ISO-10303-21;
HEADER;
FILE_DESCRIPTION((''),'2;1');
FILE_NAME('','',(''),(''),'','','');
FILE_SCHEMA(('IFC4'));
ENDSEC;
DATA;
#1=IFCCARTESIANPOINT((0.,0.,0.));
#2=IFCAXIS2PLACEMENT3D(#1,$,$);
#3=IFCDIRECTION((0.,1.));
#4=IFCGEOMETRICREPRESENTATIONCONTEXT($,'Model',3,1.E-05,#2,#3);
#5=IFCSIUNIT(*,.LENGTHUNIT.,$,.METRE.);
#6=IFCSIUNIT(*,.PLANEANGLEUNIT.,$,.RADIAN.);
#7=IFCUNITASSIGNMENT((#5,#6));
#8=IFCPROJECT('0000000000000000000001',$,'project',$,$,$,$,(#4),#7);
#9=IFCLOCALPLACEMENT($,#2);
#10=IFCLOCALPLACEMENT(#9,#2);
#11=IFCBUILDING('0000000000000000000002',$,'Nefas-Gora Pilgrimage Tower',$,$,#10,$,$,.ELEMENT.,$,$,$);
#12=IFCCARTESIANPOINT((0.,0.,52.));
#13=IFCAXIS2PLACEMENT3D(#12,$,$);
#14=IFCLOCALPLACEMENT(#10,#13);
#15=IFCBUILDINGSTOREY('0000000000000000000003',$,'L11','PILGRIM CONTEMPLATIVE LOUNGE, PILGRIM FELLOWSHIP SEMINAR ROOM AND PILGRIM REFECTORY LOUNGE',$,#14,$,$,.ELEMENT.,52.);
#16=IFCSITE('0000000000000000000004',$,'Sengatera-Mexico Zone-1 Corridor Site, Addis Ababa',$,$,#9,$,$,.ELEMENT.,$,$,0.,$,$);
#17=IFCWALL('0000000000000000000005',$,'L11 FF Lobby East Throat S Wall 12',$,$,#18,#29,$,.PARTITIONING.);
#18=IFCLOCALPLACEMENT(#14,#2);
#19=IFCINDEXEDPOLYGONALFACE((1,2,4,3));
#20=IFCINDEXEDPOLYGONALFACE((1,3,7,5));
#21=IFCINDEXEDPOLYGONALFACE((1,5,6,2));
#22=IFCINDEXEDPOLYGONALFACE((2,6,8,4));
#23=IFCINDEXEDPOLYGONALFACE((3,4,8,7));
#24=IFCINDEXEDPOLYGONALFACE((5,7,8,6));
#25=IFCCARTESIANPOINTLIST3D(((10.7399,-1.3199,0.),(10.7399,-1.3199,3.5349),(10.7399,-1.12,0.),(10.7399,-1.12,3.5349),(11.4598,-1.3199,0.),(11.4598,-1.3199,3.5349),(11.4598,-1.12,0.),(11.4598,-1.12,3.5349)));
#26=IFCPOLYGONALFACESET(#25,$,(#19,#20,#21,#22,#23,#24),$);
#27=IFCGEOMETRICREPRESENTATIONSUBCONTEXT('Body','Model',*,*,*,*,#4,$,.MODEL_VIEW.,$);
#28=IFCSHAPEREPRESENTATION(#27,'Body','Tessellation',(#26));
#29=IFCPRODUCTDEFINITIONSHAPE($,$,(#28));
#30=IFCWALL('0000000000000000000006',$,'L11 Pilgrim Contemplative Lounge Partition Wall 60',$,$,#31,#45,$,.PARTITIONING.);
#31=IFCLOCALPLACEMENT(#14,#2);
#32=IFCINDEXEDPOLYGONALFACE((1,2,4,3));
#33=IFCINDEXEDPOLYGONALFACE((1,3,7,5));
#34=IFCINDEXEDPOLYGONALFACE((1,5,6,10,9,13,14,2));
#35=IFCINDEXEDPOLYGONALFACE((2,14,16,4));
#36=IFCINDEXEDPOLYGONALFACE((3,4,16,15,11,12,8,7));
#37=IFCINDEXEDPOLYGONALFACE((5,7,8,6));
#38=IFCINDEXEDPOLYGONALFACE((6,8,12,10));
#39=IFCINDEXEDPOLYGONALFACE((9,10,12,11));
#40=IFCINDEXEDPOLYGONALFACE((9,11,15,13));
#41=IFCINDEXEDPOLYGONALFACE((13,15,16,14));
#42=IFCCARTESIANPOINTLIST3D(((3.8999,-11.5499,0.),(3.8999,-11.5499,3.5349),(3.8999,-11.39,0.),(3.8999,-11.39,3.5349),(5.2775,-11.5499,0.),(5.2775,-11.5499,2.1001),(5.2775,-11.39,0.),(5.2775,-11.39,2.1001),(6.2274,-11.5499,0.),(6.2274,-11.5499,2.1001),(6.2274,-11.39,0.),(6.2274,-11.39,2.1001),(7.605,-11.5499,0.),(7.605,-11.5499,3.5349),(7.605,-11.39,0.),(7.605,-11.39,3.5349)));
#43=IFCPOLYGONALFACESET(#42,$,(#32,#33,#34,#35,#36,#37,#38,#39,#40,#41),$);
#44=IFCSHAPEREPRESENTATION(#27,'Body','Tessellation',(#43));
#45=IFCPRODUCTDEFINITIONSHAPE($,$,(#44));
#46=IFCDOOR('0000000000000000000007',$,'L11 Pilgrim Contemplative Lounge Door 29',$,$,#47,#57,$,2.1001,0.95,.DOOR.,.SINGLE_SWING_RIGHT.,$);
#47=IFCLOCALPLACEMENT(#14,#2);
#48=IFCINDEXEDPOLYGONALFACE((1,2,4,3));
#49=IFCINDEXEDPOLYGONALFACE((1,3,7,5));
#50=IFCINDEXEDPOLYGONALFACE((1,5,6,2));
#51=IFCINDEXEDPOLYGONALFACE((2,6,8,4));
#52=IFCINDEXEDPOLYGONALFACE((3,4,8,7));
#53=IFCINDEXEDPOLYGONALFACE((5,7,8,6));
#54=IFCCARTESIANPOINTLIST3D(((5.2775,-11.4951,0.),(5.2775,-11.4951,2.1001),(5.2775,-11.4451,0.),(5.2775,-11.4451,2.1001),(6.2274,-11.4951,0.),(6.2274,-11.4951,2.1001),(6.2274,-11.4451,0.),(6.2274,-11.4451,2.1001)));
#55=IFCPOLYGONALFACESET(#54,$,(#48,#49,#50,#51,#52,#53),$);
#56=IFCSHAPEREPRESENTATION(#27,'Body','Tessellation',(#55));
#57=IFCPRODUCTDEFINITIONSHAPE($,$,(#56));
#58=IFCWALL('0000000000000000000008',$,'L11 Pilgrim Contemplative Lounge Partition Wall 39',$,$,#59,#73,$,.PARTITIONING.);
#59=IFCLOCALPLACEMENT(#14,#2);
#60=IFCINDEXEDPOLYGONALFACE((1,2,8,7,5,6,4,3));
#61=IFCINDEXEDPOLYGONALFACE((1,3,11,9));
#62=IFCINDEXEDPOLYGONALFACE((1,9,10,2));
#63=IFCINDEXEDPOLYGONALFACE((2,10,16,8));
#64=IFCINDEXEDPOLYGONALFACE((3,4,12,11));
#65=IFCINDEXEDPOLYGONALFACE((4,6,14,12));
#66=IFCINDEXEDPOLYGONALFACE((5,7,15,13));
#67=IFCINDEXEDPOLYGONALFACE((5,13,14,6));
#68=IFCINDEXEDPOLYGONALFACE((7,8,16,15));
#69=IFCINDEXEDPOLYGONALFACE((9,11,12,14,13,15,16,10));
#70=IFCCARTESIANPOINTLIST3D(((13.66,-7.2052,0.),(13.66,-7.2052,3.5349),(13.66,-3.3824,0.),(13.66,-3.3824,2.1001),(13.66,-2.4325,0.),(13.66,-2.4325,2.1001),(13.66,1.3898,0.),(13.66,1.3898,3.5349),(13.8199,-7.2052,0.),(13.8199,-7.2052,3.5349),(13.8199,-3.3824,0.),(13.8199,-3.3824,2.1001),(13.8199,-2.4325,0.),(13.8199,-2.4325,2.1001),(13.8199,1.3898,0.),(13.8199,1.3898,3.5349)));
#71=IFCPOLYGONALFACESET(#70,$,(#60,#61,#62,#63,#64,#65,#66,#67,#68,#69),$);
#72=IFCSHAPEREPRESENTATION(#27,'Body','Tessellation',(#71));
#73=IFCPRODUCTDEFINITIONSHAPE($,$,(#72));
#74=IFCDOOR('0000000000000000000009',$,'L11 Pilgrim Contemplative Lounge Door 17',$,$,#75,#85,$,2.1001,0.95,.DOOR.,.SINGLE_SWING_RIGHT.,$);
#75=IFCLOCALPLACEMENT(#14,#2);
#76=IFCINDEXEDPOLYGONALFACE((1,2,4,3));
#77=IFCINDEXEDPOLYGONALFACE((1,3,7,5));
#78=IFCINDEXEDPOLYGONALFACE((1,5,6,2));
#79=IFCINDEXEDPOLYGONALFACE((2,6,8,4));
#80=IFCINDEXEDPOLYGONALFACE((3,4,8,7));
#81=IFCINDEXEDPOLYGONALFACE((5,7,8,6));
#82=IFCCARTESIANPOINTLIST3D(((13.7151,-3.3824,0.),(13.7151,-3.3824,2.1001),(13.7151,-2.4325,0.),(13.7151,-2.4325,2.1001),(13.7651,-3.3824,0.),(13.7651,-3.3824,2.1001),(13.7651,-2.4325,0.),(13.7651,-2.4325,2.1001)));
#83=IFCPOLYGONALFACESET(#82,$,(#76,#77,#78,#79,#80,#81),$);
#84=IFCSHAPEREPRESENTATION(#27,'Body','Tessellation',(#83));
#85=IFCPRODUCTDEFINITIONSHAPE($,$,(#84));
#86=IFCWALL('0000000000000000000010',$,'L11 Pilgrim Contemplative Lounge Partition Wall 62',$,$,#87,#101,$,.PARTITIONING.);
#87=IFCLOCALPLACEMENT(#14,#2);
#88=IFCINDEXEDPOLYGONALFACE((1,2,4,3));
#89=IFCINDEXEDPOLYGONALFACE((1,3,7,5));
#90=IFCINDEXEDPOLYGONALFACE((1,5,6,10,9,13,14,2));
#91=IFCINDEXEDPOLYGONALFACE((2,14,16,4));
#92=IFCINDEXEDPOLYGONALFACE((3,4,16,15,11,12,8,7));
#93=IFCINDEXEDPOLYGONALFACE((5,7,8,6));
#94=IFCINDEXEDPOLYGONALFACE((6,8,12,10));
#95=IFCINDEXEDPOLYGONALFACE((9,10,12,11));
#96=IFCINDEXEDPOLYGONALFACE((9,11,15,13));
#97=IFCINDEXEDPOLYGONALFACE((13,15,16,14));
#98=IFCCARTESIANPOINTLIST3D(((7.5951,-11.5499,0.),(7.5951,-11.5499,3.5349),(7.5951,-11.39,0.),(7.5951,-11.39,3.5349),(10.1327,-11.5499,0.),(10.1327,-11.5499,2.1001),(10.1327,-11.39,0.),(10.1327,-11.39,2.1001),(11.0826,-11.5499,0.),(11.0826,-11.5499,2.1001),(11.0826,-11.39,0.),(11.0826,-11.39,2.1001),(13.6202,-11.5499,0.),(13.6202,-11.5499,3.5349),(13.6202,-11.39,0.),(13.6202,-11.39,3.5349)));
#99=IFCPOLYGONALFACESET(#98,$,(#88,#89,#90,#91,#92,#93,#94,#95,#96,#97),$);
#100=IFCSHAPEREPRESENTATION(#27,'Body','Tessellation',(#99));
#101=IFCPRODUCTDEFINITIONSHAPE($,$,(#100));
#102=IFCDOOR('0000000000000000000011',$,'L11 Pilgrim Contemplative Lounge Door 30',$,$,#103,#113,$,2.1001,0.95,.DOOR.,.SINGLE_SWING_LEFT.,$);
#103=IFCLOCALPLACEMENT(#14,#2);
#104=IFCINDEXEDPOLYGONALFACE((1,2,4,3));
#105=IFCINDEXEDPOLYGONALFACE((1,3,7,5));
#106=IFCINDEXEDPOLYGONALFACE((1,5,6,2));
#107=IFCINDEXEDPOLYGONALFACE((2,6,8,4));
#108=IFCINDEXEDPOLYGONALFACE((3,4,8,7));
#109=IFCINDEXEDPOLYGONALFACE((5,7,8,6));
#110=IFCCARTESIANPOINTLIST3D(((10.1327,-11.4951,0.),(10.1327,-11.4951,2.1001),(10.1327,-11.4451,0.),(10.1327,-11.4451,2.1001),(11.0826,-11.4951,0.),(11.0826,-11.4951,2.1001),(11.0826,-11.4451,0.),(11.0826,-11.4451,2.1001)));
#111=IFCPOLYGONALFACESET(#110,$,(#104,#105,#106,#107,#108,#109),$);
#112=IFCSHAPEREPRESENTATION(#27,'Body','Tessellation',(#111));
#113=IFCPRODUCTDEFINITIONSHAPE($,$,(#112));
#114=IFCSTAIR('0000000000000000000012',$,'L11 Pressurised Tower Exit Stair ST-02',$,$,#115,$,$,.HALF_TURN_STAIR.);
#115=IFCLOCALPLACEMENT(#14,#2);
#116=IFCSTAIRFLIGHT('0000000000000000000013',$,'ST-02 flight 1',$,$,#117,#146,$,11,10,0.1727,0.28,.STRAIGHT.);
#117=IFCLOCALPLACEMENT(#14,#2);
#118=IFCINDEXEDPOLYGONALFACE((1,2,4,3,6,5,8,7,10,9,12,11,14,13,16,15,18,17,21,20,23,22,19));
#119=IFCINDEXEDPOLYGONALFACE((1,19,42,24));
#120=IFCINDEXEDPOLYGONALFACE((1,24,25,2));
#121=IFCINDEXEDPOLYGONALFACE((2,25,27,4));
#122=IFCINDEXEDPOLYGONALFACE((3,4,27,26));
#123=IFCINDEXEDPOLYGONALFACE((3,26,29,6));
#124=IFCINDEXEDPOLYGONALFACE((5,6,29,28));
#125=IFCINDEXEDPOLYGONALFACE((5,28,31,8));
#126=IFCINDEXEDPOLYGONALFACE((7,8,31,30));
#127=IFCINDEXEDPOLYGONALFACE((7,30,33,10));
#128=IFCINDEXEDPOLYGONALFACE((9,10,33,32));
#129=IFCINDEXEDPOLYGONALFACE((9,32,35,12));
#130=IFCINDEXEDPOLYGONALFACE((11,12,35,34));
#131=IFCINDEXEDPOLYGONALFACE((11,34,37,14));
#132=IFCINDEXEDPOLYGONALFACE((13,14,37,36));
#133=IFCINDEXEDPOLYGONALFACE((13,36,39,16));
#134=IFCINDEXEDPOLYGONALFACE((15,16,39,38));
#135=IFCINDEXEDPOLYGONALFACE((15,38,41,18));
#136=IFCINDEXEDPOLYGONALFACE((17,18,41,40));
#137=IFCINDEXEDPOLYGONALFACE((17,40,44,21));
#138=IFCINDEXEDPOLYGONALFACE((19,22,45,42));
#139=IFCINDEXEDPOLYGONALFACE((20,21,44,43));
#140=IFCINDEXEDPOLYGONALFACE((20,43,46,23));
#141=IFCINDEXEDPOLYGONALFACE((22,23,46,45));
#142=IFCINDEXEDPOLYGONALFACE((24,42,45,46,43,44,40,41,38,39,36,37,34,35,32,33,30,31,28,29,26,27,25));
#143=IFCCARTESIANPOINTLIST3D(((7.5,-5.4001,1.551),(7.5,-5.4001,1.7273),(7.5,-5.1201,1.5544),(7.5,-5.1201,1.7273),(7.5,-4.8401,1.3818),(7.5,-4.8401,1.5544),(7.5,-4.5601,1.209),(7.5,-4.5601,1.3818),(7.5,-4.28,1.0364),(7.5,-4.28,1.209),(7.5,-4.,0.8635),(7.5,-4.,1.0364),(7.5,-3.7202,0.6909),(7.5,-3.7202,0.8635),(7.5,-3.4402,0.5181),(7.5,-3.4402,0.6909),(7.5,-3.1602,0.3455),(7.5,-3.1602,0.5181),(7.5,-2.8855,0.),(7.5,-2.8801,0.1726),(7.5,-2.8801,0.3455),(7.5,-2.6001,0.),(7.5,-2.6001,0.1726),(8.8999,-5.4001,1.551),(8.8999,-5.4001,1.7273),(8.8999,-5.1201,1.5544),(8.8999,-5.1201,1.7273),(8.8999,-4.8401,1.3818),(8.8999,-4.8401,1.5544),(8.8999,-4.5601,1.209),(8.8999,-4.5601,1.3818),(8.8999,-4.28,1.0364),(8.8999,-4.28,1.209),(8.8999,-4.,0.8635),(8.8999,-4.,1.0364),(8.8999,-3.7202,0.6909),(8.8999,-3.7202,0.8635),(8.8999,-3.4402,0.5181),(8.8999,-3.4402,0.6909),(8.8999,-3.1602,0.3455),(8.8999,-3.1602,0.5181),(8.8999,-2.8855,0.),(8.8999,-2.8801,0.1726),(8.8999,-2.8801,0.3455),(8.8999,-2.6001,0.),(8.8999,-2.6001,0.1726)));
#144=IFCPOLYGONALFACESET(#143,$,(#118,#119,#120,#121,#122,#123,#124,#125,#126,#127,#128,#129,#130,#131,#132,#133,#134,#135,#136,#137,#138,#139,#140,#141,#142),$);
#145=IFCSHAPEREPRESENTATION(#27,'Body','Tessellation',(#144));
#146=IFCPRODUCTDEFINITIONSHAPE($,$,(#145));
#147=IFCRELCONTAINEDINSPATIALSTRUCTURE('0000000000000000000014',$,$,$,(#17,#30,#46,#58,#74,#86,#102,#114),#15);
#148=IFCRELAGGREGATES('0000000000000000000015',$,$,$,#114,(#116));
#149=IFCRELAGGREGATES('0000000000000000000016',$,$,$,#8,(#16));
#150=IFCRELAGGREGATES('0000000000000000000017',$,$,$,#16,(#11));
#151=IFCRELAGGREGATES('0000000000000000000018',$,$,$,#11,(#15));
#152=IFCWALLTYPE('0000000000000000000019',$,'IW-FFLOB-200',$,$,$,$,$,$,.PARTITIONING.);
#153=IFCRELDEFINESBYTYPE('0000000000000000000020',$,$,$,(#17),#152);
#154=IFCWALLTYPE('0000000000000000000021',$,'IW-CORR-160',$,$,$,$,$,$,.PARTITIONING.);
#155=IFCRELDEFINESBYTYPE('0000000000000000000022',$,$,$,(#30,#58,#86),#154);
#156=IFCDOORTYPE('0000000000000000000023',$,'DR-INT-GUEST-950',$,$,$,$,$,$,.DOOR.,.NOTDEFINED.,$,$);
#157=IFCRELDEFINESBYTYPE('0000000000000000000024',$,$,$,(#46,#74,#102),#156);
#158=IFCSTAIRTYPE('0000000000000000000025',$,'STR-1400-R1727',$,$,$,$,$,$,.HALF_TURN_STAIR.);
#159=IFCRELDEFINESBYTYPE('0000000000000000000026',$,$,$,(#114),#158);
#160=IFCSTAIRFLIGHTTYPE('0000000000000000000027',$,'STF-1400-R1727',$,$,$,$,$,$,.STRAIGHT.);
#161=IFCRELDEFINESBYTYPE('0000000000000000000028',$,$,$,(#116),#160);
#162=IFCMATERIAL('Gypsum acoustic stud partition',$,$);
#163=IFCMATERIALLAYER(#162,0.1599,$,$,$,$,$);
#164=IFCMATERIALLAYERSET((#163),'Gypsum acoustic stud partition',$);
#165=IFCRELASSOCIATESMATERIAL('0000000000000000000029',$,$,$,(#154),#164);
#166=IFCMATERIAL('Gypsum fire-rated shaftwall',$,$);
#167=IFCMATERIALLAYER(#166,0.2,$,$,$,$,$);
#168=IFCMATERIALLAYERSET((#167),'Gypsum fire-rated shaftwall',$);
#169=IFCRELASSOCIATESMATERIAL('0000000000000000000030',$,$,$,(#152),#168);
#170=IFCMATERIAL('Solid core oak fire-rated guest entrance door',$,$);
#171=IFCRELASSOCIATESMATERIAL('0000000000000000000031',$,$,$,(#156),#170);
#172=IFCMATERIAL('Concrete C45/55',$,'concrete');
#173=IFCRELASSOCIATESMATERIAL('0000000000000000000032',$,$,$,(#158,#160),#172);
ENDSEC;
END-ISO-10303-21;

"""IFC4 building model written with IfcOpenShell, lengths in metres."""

from ifc_helpers import new_model, si_unit, direction, frame, frame_2d, origin, place, context, subcontext, project, spatial, polyline, rectangle, outline, extrude, source, transform, mapped, material, layer, layer_set, type_object, element, fill, aggregate, save


model = new_model("IFC4")

# Units and contexts
model_context = context("Model", 3, precision=1e-05, world=origin(), true_north=direction((0.0, 1.0)))
body_context = subcontext(model_context, "Body", "Model", "MODEL_VIEW")
ifc_project = project(units=[si_unit("LENGTHUNIT", "METRE"), si_unit("PLANEANGLEUNIT", "RADIAN")], contexts=[model_context])

# Site, building, storey
site_placement = place(None, origin())
site = spatial("IfcSite", under=ifc_project, at=site_placement, Name="Sengatera-Mexico Zone-1 Corridor Site, Addis Ababa", CompositionType="ELEMENT", RefElevation=0.0)
building_placement = place(site_placement, origin())
building = spatial("IfcBuilding", under=site, at=building_placement, Name="Nefas-Gora Pilgrimage Tower", CompositionType="ELEMENT")
storey_placement = place(building_placement, frame((0.0, 0.0, 52.0)))
storey = spatial("IfcBuildingStorey", under=building, at=storey_placement, Name="L11", Description="PILGRIM CONTEMPLATIVE LOUNGE, PILGRIM FELLOWSHIP SEMINAR ROOM AND PILGRIM REFECTORY LOUNGE", CompositionType="ELEMENT", Elevation=52.0)

# Shared definitions
ifc_material_1 = material(Name="Concrete C45/55", Category="concrete")

# Shared definitions
ifc_material_2 = material(Name="Gypsum acoustic stud partition")
ifc_layer_1 = layer(ifc_material_2, 0.1599)
ifc_layer_set_1 = layer_set([ifc_layer_1], Name="Gypsum acoustic stud partition")
wall_type_1 = type_object("IfcWallType", Name="IW-CORR-160", PredefinedType="PARTITIONING", material=ifc_layer_set_1)

# Shared definitions
ifc_material_3 = material(Name="Gypsum fire-rated shaftwall")
ifc_layer_2 = layer(ifc_material_3, 0.2)
ifc_layer_set_2 = layer_set([ifc_layer_2], Name="Gypsum fire-rated shaftwall")
wall_type_2 = type_object("IfcWallType", Name="IW-FFLOB-200", PredefinedType="PARTITIONING", material=ifc_layer_set_2)

# Wall
shared_shape_1 = source(origin(), body_context, "Body", "SweptSolid", [
    extrude(rectangle(XDim=0.72, YDim=0.2, at=frame_2d((0.3599, 0.0))), origin(), (0.0, 0.0, 1.0), 3.5349),
])
wall_1_placement = place(storey_placement, frame((10.74, -1.22, 0.0), z_axis=(0.0, 0.0, 1.0), x_axis=(1.0, 0.0, 0.0)))
element("IfcWall", 1, at=wall_1_placement, inside=storey, type_object=wall_type_2, Name="L11 FF Lobby East Throat S Wall 12", PredefinedType="PARTITIONING", context=body_context, shape_type="MappedRepresentation", body=[
    mapped(shared_shape_1, transform((0.0, 0.0, 0.0), x_axis=(1.0, 0.0, 0.0), y_axis=(0.0, 1.0, 0.0), z_axis=(0.0, 0.0, 1.0), scale=1.0)),
])

# Walls, openings, doors
shared_shape_2 = source(origin(), body_context, "Body", "SweptSolid", [
    extrude(rectangle(XDim=3.7051, YDim=0.1599, at=frame_2d((1.8525, 0.0))), origin(), (0.0, 0.0, 1.0), 3.5349),
])
wall_2_placement = place(storey_placement, frame((3.8999, -11.47, 0.0), z_axis=(0.0, 0.0, 1.0), x_axis=(1.0, 0.0, 0.0)))
wall_2 = element("IfcWall", 2, at=wall_2_placement, inside=storey, type_object=wall_type_1, Name="L11 Pilgrim Contemplative Lounge Partition Wall 60", PredefinedType="PARTITIONING", context=body_context, shape_type="MappedRepresentation", body=[
    mapped(shared_shape_2, transform((0.0, 0.0, 0.0), x_axis=(1.0, 0.0, 0.0), y_axis=(0.0, 1.0, 0.0), z_axis=(0.0, 0.0, 1.0), scale=1.0)),
])
opening_1_placement = place(wall_2_placement, frame((1.3774, 0.0, 0.0)))
opening_1 = element("IfcOpeningElement", 3, at=opening_1_placement, cuts=wall_2, PredefinedType="OPENING", context=body_context, shape_type="SweptSolid", body=[
    extrude(rectangle(XDim=0.95, YDim=2.1001, at=frame_2d((0.4751, 1.05))), frame((0.0, 0.0898, 0.0), z_axis=(0.0, -1.0, 0.0), x_axis=(1.0, 0.0, 0.0)), (0.0, 0.0, 1.0), 0.1799),
])
ifc_material_4 = material(Name="Solid core oak fire-rated guest entrance door")
door_type_1 = type_object("IfcDoorType", Name="DR-INT-GUEST-950", OperationType="NOTDEFINED", PredefinedType="DOOR", material=ifc_material_4)
shared_shape_3 = source(origin(), body_context, "Body", "SweptSolid", [
    extrude(rectangle(XDim=0.95, YDim=2.1001, at=frame_2d((0.4751, 1.05))), frame((0.0, 0.0249, 0.0), z_axis=(0.0, -1.0, 0.0), x_axis=(1.0, 0.0, 0.0)), (0.0, 0.0, 1.0), 0.05),
])
door_1_placement = place(opening_1_placement, origin())
door_1 = element("IfcDoor", 4, at=door_1_placement, inside=storey, type_object=door_type_1, Name="L11 Pilgrim Contemplative Lounge Door 29", OperationType="SINGLE_SWING_RIGHT", OverallHeight=2.1001, OverallWidth=0.95, PredefinedType="DOOR", context=body_context, shape_type="MappedRepresentation", body=[
    mapped(shared_shape_3, transform((0.0, 0.0, 0.0), x_axis=(1.0, 0.0, 0.0), y_axis=(0.0, 1.0, 0.0), z_axis=(0.0, 0.0, 1.0), scale=1.0)),
])
fill(opening_1, door_1)
shared_shape_4 = source(origin(), body_context, "Body", "SweptSolid", [
    extrude(rectangle(XDim=8.595, YDim=0.1599, at=frame_2d((4.2974, 0.0))), origin(), (0.0, 0.0, 1.0), 3.5349),
])
wall_3_placement = place(storey_placement, frame((13.74, -7.2051, 0.0), z_axis=(0.0, 0.0, 1.0), x_axis=(0.0, 1.0, 0.0)))
wall_3 = element("IfcWall", 5, at=wall_3_placement, inside=storey, type_object=wall_type_1, Name="L11 Pilgrim Contemplative Lounge Partition Wall 39", PredefinedType="PARTITIONING", context=body_context, shape_type="MappedRepresentation", body=[
    mapped(shared_shape_4, transform((0.0, 0.0, 0.0), x_axis=(1.0, 0.0, 0.0), y_axis=(0.0, 1.0, 0.0), z_axis=(0.0, 0.0, 1.0), scale=1.0)),
])
opening_2_placement = place(wall_3_placement, frame((3.8225, 0.0, 0.0)))
opening_2 = element("IfcOpeningElement", 6, at=opening_2_placement, cuts=wall_3, PredefinedType="OPENING", context=body_context, shape_type="SweptSolid", body=[
    extrude(rectangle(XDim=0.95, YDim=2.1001, at=frame_2d((0.4751, 1.05))), frame((0.0, 0.0898, 0.0), z_axis=(0.0, -1.0, 0.0), x_axis=(1.0, 0.0, 0.0)), (0.0, 0.0, 1.0), 0.1799),
])
door_2_placement = place(opening_2_placement, origin())
door_2 = element("IfcDoor", 7, at=door_2_placement, inside=storey, type_object=door_type_1, Name="L11 Pilgrim Contemplative Lounge Door 17", OperationType="SINGLE_SWING_RIGHT", OverallHeight=2.1001, OverallWidth=0.95, PredefinedType="DOOR", context=body_context, shape_type="MappedRepresentation", body=[
    mapped(shared_shape_3, transform((0.0, 0.0, 0.0), x_axis=(1.0, 0.0, 0.0), y_axis=(0.0, 1.0, 0.0), z_axis=(0.0, 0.0, 1.0), scale=1.0)),
])
fill(opening_2, door_2)
shared_shape_5 = source(origin(), body_context, "Body", "SweptSolid", [
    extrude(rectangle(XDim=6.0251, YDim=0.1599, at=frame_2d((3.0127, 0.0))), origin(), (0.0, 0.0, 1.0), 3.5349),
])
wall_4_placement = place(storey_placement, frame((7.595, -11.47, 0.0), z_axis=(0.0, 0.0, 1.0), x_axis=(1.0, 0.0, 0.0)))
wall_4 = element("IfcWall", 8, at=wall_4_placement, inside=storey, type_object=wall_type_1, Name="L11 Pilgrim Contemplative Lounge Partition Wall 62", PredefinedType="PARTITIONING", context=body_context, shape_type="MappedRepresentation", body=[
    mapped(shared_shape_5, transform((0.0, 0.0, 0.0), x_axis=(1.0, 0.0, 0.0), y_axis=(0.0, 1.0, 0.0), z_axis=(0.0, 0.0, 1.0), scale=1.0)),
])
opening_3_placement = place(wall_4_placement, frame((2.5376, 0.0, 0.0)))
opening_3 = element("IfcOpeningElement", 9, at=opening_3_placement, cuts=wall_4, PredefinedType="OPENING", context=body_context, shape_type="SweptSolid", body=[
    extrude(rectangle(XDim=0.95, YDim=2.1001, at=frame_2d((0.4751, 1.05))), frame((0.0, 0.0898, 0.0), z_axis=(0.0, -1.0, 0.0), x_axis=(1.0, 0.0, 0.0)), (0.0, 0.0, 1.0), 0.1799),
])
door_3_placement = place(opening_3_placement, origin())
door_3 = element("IfcDoor", 10, at=door_3_placement, inside=storey, type_object=door_type_1, Name="L11 Pilgrim Contemplative Lounge Door 30", OperationType="SINGLE_SWING_LEFT", OverallHeight=2.1001, OverallWidth=0.95, PredefinedType="DOOR", context=body_context, shape_type="MappedRepresentation", body=[
    mapped(shared_shape_3, transform((0.0, 0.0, 0.0), x_axis=(1.0, 0.0, 0.0), y_axis=(0.0, 1.0, 0.0), z_axis=(0.0, 0.0, 1.0), scale=1.0)),
])
fill(opening_3, door_3)

# Stair, stair flight
stair_type = type_object("IfcStairType", Name="STR-1400-R1727", PredefinedType="HALF_TURN_STAIR", material=ifc_material_1)
stair_placement = place(storey_placement, origin())
stair = element("IfcStair", 11, at=stair_placement, inside=storey, type_object=stair_type, Name="L11 Pressurised Tower Exit Stair ST-02", PredefinedType="HALF_TURN_STAIR")
stair_flight_type = type_object("IfcStairFlightType", Name="STF-1400-R1727", PredefinedType="STRAIGHT", material=ifc_material_1)
shared_shape_6 = source(origin(), body_context, "Body", "SweptSolid", [
    extrude(outline(polyline([(0.0, 0.0), (0.0, 0.1726), (0.28, 0.1726), (0.28, 0.3455), (0.5601, 0.3455), (0.5601, 0.5181), (0.8401, 0.5181), (0.8401, 0.6909), (1.1201, 0.6909), (1.1201, 0.8635), (1.3999, 0.8635), (1.3999, 1.0364), (1.6799, 1.0364), (1.6799, 1.209), (1.96, 1.209), (1.96, 1.3818), (2.24, 1.3818), (2.24, 1.5544), (2.52, 1.5544), (2.52, 1.7273), (2.8, 1.7273), (2.8, 1.8999), (2.8, 1.551), (0.2854, 0.0), (0.0, 0.0)])), frame((0.0, 0.7, 0.0), z_axis=(0.0, -1.0, 0.0), x_axis=(1.0, 0.0, 0.0)), (0.0, 0.0, 1.0), 1.3999),
])
stair_flight_1_placement = place(storey_placement, frame((8.2, -2.6001, 0.0), z_axis=(0.0, 0.0, 1.0), x_axis=(0.0, -1.0, 0.0)))
stair_flight_1 = element("IfcStairFlight", 12, at=stair_flight_1_placement, type_object=stair_flight_type, Name="ST-02 flight 1", NumberOfRisers=11, NumberOfTreads=10, PredefinedType="STRAIGHT", RiserHeight=0.1727, TreadLength=0.28, context=body_context, shape_type="MappedRepresentation", body=[
    mapped(shared_shape_6, transform((0.0, 0.0, 0.0), x_axis=(1.0, 0.0, 0.0), y_axis=(0.0, 1.0, 0.0), z_axis=(0.0, 0.0, 1.0), scale=1.0)),
])
aggregate(stair, [stair_flight_1])

save(model, "model.ifc")
